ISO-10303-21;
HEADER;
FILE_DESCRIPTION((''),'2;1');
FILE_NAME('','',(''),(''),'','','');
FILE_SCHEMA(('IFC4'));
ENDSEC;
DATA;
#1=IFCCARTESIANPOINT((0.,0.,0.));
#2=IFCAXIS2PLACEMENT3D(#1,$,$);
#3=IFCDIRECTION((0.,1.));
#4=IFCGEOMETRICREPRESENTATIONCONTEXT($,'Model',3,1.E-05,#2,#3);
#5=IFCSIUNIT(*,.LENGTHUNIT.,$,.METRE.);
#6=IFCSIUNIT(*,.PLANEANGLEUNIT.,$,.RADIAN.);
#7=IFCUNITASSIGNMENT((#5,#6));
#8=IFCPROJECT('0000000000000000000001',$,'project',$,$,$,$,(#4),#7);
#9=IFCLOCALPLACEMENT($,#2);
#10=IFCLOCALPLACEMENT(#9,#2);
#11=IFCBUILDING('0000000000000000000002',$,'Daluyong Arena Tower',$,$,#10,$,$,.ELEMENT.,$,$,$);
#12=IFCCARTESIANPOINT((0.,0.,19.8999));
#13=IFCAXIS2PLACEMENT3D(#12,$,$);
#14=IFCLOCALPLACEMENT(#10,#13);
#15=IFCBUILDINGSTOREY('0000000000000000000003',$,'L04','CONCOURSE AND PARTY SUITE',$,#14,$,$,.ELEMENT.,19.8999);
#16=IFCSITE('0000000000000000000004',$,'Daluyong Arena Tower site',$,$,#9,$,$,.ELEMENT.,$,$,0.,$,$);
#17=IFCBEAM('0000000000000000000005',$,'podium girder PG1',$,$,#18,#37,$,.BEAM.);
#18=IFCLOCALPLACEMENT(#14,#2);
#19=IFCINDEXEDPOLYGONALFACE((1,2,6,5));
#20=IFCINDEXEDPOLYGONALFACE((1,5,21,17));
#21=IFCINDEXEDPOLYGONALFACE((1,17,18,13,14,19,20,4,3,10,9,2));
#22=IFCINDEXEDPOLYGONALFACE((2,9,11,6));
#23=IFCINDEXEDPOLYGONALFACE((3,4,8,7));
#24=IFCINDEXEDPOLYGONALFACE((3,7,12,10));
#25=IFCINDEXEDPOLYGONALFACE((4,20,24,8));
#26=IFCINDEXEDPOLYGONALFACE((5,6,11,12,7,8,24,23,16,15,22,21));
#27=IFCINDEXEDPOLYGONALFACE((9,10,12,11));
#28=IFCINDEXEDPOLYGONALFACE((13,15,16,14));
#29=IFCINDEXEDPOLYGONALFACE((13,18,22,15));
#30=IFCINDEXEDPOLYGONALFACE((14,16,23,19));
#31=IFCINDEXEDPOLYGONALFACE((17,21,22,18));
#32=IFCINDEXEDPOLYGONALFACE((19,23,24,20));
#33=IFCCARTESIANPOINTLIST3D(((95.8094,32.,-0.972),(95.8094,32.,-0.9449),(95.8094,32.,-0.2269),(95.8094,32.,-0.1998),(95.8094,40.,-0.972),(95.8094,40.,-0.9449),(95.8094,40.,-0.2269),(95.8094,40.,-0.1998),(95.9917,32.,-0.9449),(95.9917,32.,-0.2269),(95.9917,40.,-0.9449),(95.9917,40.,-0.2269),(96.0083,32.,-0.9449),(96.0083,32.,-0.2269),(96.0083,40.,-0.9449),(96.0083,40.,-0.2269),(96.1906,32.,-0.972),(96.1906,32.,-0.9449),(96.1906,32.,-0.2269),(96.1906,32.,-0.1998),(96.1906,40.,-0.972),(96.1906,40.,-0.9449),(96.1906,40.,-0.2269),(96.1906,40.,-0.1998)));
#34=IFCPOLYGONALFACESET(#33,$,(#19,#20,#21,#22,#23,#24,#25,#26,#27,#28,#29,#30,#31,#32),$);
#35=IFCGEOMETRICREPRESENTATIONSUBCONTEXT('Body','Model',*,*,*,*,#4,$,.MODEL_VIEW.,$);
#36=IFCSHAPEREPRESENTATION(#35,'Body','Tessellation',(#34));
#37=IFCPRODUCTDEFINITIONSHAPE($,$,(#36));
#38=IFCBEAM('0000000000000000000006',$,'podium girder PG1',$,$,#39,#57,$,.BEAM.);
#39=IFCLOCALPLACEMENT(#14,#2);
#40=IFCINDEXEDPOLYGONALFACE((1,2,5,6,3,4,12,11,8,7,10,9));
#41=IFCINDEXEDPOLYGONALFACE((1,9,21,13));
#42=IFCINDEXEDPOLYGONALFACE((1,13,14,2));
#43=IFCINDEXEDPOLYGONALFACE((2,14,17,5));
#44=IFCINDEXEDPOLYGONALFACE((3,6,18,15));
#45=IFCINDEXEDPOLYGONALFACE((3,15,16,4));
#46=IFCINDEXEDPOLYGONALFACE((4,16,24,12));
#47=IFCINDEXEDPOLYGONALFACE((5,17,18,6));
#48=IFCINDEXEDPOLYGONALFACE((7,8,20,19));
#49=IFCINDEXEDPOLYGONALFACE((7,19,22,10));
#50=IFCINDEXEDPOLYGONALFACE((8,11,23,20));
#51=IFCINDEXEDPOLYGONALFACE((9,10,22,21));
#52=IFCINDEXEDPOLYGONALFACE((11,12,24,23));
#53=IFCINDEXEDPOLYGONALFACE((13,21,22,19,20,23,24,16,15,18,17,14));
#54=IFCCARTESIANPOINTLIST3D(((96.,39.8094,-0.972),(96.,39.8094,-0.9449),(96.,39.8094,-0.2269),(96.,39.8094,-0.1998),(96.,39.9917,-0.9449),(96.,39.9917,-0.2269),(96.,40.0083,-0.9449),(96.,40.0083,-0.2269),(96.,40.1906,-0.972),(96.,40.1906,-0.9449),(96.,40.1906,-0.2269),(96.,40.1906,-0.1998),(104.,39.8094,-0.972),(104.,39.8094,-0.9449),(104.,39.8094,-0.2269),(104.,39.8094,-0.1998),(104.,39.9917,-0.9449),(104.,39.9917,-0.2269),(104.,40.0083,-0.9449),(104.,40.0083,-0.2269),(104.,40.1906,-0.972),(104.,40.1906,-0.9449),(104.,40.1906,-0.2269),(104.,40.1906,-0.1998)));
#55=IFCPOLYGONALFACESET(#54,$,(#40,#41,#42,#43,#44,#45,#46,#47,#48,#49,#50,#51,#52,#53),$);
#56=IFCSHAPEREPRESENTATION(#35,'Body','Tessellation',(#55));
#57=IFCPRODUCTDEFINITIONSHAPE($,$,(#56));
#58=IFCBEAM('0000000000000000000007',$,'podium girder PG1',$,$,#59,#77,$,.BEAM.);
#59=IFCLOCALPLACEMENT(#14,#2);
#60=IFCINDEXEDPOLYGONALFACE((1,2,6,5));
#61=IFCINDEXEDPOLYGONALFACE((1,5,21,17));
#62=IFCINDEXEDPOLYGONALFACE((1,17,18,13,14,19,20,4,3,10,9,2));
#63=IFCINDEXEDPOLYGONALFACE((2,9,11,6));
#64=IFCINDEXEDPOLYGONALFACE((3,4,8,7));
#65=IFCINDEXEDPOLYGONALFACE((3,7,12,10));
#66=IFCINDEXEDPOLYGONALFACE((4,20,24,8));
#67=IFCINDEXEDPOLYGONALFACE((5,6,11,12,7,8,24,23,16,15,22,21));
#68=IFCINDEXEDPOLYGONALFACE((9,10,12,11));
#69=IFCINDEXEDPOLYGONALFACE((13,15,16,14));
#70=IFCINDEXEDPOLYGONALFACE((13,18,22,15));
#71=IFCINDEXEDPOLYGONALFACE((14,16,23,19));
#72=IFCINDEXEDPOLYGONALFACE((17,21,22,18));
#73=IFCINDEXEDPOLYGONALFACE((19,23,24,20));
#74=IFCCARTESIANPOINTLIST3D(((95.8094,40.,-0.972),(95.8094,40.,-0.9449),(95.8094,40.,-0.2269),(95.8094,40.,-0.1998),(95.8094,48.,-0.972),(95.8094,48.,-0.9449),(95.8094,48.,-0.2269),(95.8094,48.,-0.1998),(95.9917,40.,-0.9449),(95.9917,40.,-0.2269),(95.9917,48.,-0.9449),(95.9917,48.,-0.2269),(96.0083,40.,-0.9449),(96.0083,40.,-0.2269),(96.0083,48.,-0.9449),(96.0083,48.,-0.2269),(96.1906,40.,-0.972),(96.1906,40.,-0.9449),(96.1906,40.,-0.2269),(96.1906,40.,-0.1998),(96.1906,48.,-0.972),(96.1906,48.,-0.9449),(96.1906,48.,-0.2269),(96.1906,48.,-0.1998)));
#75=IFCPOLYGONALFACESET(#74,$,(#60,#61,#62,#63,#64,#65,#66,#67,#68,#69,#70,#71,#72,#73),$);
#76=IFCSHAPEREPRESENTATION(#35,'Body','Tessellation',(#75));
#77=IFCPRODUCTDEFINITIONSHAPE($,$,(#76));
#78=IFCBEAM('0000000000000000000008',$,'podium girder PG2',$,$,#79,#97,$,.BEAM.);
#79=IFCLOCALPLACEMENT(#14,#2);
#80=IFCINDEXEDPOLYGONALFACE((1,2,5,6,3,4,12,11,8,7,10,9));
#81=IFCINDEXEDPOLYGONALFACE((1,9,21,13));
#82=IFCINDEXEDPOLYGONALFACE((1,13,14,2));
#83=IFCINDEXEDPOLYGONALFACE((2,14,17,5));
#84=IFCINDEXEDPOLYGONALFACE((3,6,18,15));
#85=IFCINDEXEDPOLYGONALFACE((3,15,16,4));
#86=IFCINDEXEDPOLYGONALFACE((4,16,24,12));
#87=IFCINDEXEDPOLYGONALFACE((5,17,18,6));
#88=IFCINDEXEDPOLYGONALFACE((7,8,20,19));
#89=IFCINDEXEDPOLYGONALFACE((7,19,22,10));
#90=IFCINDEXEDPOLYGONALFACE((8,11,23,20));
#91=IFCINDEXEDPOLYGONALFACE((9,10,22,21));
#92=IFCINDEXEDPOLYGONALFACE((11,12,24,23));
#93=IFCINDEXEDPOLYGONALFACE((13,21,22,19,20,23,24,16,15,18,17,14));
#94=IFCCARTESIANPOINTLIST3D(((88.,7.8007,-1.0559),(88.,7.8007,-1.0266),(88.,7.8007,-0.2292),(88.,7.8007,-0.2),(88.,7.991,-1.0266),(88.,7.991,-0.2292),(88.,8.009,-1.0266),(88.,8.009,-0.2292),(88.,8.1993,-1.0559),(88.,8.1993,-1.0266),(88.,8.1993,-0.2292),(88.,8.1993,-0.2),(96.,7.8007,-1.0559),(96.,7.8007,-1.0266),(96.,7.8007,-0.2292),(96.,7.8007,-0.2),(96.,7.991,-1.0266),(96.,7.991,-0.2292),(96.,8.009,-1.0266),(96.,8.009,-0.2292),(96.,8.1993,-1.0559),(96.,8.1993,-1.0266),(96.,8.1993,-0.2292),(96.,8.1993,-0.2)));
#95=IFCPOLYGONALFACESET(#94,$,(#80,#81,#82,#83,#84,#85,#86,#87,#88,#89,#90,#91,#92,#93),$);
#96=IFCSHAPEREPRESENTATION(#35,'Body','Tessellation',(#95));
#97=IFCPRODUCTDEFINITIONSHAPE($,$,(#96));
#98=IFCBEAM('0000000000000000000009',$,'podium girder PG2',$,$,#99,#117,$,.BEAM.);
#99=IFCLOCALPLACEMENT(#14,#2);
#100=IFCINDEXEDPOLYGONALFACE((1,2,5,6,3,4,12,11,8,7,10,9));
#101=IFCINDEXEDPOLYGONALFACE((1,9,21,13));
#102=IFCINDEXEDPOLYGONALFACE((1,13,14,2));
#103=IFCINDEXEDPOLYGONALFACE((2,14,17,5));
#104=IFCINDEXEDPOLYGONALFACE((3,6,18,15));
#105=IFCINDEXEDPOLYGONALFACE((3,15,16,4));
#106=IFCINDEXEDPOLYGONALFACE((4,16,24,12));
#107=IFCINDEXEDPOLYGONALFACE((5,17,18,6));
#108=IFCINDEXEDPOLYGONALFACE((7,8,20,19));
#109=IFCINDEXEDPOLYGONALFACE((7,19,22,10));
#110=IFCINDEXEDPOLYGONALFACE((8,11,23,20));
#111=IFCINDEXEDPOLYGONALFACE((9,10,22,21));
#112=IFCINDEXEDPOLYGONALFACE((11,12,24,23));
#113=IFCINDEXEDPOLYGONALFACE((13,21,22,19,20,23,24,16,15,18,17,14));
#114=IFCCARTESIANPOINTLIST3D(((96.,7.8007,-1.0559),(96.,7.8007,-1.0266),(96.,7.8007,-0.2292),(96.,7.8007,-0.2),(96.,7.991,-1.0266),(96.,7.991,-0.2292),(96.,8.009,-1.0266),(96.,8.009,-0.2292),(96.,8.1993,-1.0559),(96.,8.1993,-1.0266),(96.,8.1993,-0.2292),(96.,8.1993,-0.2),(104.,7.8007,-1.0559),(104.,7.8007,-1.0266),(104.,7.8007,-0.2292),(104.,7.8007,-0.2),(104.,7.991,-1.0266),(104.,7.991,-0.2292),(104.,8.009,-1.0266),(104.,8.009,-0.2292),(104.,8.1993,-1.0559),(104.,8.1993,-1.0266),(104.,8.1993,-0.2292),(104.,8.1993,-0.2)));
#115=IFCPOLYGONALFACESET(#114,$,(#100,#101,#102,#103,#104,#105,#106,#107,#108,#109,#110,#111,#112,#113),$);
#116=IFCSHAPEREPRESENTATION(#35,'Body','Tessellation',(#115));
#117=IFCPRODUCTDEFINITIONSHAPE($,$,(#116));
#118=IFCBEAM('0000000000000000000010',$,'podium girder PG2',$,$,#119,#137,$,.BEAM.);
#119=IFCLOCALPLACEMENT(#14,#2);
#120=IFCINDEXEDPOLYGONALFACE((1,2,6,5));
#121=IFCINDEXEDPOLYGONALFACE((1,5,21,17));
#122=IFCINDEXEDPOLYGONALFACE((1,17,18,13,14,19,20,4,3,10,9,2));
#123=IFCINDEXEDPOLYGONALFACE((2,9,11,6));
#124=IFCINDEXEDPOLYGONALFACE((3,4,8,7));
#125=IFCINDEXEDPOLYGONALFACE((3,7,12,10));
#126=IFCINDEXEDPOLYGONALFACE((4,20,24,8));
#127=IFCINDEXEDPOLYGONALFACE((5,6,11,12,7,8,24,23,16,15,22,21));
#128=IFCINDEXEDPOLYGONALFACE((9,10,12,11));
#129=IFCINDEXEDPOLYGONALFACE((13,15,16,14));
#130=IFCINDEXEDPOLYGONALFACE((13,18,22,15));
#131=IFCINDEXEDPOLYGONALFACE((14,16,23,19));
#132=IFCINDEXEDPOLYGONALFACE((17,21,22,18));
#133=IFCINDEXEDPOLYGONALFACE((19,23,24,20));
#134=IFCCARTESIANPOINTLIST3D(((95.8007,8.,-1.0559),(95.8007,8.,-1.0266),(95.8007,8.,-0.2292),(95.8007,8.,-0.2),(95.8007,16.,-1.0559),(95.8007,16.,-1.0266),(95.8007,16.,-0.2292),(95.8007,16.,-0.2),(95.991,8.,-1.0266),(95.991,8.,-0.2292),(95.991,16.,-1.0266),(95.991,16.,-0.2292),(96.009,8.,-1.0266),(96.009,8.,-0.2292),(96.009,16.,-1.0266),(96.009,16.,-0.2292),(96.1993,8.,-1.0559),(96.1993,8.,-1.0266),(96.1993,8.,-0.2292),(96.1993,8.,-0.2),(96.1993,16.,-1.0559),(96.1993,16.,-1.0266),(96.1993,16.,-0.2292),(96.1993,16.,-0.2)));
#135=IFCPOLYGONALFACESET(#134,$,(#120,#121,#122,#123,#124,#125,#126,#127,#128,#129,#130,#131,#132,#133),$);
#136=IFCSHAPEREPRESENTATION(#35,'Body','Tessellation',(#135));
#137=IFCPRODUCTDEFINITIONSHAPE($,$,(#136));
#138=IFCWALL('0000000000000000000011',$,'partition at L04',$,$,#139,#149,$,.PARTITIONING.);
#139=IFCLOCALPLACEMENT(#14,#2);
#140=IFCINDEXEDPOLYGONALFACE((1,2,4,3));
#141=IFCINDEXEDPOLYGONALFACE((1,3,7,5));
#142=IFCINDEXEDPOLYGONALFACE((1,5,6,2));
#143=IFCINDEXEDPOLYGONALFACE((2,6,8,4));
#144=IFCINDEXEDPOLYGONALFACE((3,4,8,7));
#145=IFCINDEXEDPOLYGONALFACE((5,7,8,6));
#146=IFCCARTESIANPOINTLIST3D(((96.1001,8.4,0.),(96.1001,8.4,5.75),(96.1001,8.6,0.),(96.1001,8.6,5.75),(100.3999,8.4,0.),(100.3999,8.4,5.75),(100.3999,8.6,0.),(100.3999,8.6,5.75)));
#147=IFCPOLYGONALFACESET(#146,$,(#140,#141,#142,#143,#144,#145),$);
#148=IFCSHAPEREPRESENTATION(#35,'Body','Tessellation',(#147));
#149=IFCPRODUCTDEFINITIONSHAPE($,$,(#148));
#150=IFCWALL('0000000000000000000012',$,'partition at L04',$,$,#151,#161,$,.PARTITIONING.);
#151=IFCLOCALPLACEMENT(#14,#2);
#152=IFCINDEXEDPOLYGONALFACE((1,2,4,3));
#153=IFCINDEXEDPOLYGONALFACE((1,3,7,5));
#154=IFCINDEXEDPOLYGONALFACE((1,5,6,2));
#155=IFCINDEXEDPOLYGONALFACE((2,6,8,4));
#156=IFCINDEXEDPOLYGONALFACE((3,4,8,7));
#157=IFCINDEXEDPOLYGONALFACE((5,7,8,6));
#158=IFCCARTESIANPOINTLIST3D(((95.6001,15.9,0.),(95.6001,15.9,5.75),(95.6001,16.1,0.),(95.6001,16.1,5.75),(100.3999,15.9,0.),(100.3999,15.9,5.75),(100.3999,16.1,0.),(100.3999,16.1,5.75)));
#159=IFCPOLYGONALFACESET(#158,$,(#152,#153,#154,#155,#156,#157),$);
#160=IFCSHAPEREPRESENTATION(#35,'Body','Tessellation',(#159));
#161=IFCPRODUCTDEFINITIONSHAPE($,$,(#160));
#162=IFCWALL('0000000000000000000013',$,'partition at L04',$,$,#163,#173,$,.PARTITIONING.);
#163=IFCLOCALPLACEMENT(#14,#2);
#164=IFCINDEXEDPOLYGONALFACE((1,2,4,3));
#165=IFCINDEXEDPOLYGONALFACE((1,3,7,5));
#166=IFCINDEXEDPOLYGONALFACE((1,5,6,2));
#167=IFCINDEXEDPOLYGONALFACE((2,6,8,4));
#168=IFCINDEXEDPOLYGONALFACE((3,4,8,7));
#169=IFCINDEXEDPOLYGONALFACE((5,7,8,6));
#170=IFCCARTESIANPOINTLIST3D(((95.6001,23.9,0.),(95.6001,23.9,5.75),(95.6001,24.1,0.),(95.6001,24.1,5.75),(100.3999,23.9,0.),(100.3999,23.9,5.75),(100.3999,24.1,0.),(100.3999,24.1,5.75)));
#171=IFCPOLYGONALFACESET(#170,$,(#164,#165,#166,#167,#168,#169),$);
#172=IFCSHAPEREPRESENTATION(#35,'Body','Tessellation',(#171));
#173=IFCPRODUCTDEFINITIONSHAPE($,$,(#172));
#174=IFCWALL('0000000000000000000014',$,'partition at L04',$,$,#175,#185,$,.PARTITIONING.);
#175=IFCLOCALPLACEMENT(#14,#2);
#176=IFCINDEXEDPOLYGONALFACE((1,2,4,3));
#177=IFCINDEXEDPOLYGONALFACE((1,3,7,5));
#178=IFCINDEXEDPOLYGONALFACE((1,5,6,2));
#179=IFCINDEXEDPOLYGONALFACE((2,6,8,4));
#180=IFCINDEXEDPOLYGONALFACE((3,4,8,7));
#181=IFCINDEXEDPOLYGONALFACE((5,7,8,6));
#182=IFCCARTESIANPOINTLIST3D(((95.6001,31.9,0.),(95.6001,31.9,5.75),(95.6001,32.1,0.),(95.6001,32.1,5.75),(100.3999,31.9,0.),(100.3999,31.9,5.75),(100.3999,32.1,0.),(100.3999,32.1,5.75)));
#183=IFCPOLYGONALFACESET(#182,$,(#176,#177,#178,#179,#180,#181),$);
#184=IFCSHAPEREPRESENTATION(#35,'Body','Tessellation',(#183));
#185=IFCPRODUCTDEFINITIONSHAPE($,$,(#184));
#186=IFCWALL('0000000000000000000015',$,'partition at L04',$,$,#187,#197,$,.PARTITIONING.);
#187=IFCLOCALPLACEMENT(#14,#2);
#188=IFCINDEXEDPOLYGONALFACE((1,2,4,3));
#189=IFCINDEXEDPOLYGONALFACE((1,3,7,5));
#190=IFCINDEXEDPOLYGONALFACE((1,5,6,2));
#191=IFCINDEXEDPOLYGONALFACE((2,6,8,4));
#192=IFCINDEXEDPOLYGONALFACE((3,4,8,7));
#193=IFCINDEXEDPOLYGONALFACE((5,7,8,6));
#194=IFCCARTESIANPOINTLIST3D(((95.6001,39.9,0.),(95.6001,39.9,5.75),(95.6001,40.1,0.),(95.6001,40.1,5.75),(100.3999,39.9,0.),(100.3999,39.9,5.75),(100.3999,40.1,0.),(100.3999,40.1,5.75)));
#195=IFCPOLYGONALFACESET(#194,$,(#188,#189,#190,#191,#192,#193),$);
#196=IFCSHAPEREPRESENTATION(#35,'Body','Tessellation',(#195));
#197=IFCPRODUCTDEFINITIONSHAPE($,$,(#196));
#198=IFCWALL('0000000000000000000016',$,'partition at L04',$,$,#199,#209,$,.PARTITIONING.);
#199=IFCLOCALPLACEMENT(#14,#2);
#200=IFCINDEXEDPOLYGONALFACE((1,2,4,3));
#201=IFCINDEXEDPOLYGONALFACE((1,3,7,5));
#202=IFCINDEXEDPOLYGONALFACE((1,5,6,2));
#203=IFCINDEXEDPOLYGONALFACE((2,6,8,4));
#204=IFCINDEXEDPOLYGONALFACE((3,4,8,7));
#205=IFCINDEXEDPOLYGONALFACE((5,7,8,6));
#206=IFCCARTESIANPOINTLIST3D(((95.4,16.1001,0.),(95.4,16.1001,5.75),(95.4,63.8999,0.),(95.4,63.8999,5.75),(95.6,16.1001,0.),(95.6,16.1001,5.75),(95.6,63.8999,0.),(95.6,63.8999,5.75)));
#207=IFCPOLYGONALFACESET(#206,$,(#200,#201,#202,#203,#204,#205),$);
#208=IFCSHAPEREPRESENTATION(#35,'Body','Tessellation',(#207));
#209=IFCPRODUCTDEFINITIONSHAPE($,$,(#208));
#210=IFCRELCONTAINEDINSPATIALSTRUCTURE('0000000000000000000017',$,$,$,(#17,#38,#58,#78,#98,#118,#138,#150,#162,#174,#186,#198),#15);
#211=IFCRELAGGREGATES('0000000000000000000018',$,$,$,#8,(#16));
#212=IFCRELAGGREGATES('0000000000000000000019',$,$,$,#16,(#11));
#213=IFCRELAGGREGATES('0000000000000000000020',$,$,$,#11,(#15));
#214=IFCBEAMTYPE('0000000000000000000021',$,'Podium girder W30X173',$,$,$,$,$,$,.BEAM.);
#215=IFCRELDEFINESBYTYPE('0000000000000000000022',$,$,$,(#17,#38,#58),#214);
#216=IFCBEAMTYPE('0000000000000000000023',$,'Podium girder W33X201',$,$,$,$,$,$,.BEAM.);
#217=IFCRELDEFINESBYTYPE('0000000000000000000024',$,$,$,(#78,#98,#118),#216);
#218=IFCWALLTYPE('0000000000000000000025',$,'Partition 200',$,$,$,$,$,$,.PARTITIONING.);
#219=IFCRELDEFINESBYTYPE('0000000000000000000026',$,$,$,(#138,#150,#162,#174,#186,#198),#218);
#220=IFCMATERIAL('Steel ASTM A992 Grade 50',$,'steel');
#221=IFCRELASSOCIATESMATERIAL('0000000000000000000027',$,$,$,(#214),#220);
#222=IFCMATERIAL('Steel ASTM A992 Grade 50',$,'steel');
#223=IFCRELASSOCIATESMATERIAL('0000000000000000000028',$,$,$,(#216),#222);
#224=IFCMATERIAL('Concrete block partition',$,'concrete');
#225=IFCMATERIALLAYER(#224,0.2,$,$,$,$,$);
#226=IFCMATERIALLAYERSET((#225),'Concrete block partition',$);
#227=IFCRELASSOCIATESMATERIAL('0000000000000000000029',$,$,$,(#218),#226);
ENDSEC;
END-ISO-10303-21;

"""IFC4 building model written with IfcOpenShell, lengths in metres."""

from ifc_helpers import new_model, si_unit, direction, frame, frame_2d, origin, origin_2d, place, context, subcontext, project, spatial, rectangle, i_section, extrude, material, layer, layer_set, material_profile, profile_set, type_object, element, save


model = new_model("IFC4")

# Units and contexts
model_context = context("Model", 3, precision=1e-05, world=origin(), true_north=direction((0.0, 1.0)))
body_context = subcontext(model_context, "Body", "Model", "MODEL_VIEW")
ifc_project = project(units=[si_unit("LENGTHUNIT", "METRE"), si_unit("PLANEANGLEUNIT", "RADIAN")], contexts=[model_context])

# Site, building, storey
site_placement = place(None, origin())
site = spatial("IfcSite", under=ifc_project, at=site_placement, Name="Daluyong Arena Tower site", CompositionType="ELEMENT", RefElevation=0.0)
building_placement = place(site_placement, origin())
building = spatial("IfcBuilding", under=site, at=building_placement, Name="Daluyong Arena Tower", CompositionType="ELEMENT")
storey_placement = place(building_placement, frame((0.0, 0.0, 19.8999)))
storey = spatial("IfcBuildingStorey", under=building, at=storey_placement, Name="L04", Description="CONCOURSE AND PARTY SUITE", CompositionType="ELEMENT", Elevation=19.8999)

# Beams
ifc_material_1 = material(Name="Steel ASTM A992 Grade 50", Category="steel")
ifc_material_profile_1 = material_profile(ifc_material_1, i_section(OverallWidth=0.3811, OverallDepth=0.7722, WebThickness=0.0166, FlangeThickness=0.0271, at=origin_2d()))
ifc_profile_set_1 = profile_set([ifc_material_profile_1], Name="Steel ASTM A992 Grade 50")
beam_type_1 = type_object("IfcBeamType", Name="Podium girder W30X173", PredefinedType="BEAM", material=ifc_profile_set_1)
for number, where, z_axis, x_axis, name in (
    (1, (96.0, 32.0, -0.5859), (0.0, 1.0, 0.0), (-1.0, 0.0, 0.0), "podium girder PG1"),
    (2, (96.0, 40.0, -0.5859), (1.0, 0.0, 0.0), (0.0, 1.0, 0.0), "podium girder PG1"),
    (3, (96.0, 40.0, -0.5859), (0.0, 1.0, 0.0), (-1.0, 0.0, 0.0), "podium girder PG1"),
):
    element("IfcBeam", number, at=place(storey_placement, frame(where, z_axis=z_axis, x_axis=x_axis)), inside=storey, type_object=beam_type_1, Name=name, PredefinedType="BEAM", context=body_context, shape_type="SweptSolid", body=[
        extrude(i_section(OverallWidth=0.3811, OverallDepth=0.7722, WebThickness=0.0166, FlangeThickness=0.0271, at=origin_2d()), origin(), (0.0, 0.0, 1.0), 8.0),
    ])
ifc_material_2 = material(Name="Steel ASTM A992 Grade 50", Category="steel")
ifc_material_profile_2 = material_profile(ifc_material_2, i_section(OverallWidth=0.3987, OverallDepth=0.856, WebThickness=0.0181, FlangeThickness=0.0293, at=origin_2d()))
ifc_profile_set_2 = profile_set([ifc_material_profile_2], Name="Steel ASTM A992 Grade 50")
beam_type_2 = type_object("IfcBeamType", Name="Podium girder W33X201", PredefinedType="BEAM", material=ifc_profile_set_2)
for number, where, z_axis, x_axis, name in (
    (4, (88.0, 8.0, -0.6279), (1.0, 0.0, 0.0), (0.0, 1.0, 0.0), "podium girder PG2"),
    (5, (96.0, 8.0, -0.6279), (1.0, 0.0, 0.0), (0.0, 1.0, 0.0), "podium girder PG2"),
    (6, (96.0, 8.0, -0.6279), (0.0, 1.0, 0.0), (-1.0, 0.0, 0.0), "podium girder PG2"),
):
    element("IfcBeam", number, at=place(storey_placement, frame(where, z_axis=z_axis, x_axis=x_axis)), inside=storey, type_object=beam_type_2, Name=name, PredefinedType="BEAM", context=body_context, shape_type="SweptSolid", body=[
        extrude(i_section(OverallWidth=0.3987, OverallDepth=0.856, WebThickness=0.0181, FlangeThickness=0.0293, at=origin_2d()), origin(), (0.0, 0.0, 1.0), 8.0),
    ])

# Walls
ifc_material_3 = material(Name="Concrete block partition", Category="concrete")
ifc_layer_1 = layer(ifc_material_3, 0.2)
ifc_layer_set_1 = layer_set([ifc_layer_1], Name="Concrete block partition")
wall_type_1 = type_object("IfcWallType", Name="Partition 200", PredefinedType="PARTITIONING", material=ifc_layer_set_1)
wall_1_placement = place(storey_placement, frame((96.1001, 8.5, 0.0), z_axis=(0.0, 0.0, 1.0), x_axis=(1.0, 0.0, 0.0)))
element("IfcWall", 7, at=wall_1_placement, inside=storey, type_object=wall_type_1, Name="partition at L04", PredefinedType="PARTITIONING", context=body_context, shape_type="SweptSolid", body=[
    extrude(rectangle(XDim=4.2998, YDim=0.2, at=frame_2d((2.1499, 0.0))), origin(), (0.0, 0.0, 1.0), 5.75),
])
for number, where, z_axis, x_axis, name in (
    (8, (95.6001, 16.0, 0.0), (0.0, 0.0, 1.0), (1.0, 0.0, 0.0), "partition at L04"),
    (9, (95.6001, 24.0, 0.0), (0.0, 0.0, 1.0), (1.0, 0.0, 0.0), "partition at L04"),
    (10, (95.6001, 32.0, 0.0), (0.0, 0.0, 1.0), (1.0, 0.0, 0.0), "partition at L04"),
    (11, (95.6001, 40.0, 0.0), (0.0, 0.0, 1.0), (1.0, 0.0, 0.0), "partition at L04"),
):
    element("IfcWall", number, at=place(storey_placement, frame(where, z_axis=z_axis, x_axis=x_axis)), inside=storey, type_object=wall_type_1, Name=name, PredefinedType="PARTITIONING", context=body_context, shape_type="SweptSolid", body=[
        extrude(rectangle(XDim=4.7998, YDim=0.2, at=frame_2d((2.3999, 0.0))), origin(), (0.0, 0.0, 1.0), 5.75),
    ])
wall_2_placement = place(storey_placement, frame((95.5, 16.1001, 0.0), z_axis=(0.0, 0.0, 1.0), x_axis=(0.0, 1.0, 0.0)))
element("IfcWall", 12, at=wall_2_placement, inside=storey, type_object=wall_type_1, Name="partition at L04", PredefinedType="PARTITIONING", context=body_context, shape_type="SweptSolid", body=[
    extrude(rectangle(XDim=47.7998, YDim=0.2, at=frame_2d((23.8999, 0.0))), origin(), (0.0, 0.0, 1.0), 5.75),
])

save(model, "model.ifc")
